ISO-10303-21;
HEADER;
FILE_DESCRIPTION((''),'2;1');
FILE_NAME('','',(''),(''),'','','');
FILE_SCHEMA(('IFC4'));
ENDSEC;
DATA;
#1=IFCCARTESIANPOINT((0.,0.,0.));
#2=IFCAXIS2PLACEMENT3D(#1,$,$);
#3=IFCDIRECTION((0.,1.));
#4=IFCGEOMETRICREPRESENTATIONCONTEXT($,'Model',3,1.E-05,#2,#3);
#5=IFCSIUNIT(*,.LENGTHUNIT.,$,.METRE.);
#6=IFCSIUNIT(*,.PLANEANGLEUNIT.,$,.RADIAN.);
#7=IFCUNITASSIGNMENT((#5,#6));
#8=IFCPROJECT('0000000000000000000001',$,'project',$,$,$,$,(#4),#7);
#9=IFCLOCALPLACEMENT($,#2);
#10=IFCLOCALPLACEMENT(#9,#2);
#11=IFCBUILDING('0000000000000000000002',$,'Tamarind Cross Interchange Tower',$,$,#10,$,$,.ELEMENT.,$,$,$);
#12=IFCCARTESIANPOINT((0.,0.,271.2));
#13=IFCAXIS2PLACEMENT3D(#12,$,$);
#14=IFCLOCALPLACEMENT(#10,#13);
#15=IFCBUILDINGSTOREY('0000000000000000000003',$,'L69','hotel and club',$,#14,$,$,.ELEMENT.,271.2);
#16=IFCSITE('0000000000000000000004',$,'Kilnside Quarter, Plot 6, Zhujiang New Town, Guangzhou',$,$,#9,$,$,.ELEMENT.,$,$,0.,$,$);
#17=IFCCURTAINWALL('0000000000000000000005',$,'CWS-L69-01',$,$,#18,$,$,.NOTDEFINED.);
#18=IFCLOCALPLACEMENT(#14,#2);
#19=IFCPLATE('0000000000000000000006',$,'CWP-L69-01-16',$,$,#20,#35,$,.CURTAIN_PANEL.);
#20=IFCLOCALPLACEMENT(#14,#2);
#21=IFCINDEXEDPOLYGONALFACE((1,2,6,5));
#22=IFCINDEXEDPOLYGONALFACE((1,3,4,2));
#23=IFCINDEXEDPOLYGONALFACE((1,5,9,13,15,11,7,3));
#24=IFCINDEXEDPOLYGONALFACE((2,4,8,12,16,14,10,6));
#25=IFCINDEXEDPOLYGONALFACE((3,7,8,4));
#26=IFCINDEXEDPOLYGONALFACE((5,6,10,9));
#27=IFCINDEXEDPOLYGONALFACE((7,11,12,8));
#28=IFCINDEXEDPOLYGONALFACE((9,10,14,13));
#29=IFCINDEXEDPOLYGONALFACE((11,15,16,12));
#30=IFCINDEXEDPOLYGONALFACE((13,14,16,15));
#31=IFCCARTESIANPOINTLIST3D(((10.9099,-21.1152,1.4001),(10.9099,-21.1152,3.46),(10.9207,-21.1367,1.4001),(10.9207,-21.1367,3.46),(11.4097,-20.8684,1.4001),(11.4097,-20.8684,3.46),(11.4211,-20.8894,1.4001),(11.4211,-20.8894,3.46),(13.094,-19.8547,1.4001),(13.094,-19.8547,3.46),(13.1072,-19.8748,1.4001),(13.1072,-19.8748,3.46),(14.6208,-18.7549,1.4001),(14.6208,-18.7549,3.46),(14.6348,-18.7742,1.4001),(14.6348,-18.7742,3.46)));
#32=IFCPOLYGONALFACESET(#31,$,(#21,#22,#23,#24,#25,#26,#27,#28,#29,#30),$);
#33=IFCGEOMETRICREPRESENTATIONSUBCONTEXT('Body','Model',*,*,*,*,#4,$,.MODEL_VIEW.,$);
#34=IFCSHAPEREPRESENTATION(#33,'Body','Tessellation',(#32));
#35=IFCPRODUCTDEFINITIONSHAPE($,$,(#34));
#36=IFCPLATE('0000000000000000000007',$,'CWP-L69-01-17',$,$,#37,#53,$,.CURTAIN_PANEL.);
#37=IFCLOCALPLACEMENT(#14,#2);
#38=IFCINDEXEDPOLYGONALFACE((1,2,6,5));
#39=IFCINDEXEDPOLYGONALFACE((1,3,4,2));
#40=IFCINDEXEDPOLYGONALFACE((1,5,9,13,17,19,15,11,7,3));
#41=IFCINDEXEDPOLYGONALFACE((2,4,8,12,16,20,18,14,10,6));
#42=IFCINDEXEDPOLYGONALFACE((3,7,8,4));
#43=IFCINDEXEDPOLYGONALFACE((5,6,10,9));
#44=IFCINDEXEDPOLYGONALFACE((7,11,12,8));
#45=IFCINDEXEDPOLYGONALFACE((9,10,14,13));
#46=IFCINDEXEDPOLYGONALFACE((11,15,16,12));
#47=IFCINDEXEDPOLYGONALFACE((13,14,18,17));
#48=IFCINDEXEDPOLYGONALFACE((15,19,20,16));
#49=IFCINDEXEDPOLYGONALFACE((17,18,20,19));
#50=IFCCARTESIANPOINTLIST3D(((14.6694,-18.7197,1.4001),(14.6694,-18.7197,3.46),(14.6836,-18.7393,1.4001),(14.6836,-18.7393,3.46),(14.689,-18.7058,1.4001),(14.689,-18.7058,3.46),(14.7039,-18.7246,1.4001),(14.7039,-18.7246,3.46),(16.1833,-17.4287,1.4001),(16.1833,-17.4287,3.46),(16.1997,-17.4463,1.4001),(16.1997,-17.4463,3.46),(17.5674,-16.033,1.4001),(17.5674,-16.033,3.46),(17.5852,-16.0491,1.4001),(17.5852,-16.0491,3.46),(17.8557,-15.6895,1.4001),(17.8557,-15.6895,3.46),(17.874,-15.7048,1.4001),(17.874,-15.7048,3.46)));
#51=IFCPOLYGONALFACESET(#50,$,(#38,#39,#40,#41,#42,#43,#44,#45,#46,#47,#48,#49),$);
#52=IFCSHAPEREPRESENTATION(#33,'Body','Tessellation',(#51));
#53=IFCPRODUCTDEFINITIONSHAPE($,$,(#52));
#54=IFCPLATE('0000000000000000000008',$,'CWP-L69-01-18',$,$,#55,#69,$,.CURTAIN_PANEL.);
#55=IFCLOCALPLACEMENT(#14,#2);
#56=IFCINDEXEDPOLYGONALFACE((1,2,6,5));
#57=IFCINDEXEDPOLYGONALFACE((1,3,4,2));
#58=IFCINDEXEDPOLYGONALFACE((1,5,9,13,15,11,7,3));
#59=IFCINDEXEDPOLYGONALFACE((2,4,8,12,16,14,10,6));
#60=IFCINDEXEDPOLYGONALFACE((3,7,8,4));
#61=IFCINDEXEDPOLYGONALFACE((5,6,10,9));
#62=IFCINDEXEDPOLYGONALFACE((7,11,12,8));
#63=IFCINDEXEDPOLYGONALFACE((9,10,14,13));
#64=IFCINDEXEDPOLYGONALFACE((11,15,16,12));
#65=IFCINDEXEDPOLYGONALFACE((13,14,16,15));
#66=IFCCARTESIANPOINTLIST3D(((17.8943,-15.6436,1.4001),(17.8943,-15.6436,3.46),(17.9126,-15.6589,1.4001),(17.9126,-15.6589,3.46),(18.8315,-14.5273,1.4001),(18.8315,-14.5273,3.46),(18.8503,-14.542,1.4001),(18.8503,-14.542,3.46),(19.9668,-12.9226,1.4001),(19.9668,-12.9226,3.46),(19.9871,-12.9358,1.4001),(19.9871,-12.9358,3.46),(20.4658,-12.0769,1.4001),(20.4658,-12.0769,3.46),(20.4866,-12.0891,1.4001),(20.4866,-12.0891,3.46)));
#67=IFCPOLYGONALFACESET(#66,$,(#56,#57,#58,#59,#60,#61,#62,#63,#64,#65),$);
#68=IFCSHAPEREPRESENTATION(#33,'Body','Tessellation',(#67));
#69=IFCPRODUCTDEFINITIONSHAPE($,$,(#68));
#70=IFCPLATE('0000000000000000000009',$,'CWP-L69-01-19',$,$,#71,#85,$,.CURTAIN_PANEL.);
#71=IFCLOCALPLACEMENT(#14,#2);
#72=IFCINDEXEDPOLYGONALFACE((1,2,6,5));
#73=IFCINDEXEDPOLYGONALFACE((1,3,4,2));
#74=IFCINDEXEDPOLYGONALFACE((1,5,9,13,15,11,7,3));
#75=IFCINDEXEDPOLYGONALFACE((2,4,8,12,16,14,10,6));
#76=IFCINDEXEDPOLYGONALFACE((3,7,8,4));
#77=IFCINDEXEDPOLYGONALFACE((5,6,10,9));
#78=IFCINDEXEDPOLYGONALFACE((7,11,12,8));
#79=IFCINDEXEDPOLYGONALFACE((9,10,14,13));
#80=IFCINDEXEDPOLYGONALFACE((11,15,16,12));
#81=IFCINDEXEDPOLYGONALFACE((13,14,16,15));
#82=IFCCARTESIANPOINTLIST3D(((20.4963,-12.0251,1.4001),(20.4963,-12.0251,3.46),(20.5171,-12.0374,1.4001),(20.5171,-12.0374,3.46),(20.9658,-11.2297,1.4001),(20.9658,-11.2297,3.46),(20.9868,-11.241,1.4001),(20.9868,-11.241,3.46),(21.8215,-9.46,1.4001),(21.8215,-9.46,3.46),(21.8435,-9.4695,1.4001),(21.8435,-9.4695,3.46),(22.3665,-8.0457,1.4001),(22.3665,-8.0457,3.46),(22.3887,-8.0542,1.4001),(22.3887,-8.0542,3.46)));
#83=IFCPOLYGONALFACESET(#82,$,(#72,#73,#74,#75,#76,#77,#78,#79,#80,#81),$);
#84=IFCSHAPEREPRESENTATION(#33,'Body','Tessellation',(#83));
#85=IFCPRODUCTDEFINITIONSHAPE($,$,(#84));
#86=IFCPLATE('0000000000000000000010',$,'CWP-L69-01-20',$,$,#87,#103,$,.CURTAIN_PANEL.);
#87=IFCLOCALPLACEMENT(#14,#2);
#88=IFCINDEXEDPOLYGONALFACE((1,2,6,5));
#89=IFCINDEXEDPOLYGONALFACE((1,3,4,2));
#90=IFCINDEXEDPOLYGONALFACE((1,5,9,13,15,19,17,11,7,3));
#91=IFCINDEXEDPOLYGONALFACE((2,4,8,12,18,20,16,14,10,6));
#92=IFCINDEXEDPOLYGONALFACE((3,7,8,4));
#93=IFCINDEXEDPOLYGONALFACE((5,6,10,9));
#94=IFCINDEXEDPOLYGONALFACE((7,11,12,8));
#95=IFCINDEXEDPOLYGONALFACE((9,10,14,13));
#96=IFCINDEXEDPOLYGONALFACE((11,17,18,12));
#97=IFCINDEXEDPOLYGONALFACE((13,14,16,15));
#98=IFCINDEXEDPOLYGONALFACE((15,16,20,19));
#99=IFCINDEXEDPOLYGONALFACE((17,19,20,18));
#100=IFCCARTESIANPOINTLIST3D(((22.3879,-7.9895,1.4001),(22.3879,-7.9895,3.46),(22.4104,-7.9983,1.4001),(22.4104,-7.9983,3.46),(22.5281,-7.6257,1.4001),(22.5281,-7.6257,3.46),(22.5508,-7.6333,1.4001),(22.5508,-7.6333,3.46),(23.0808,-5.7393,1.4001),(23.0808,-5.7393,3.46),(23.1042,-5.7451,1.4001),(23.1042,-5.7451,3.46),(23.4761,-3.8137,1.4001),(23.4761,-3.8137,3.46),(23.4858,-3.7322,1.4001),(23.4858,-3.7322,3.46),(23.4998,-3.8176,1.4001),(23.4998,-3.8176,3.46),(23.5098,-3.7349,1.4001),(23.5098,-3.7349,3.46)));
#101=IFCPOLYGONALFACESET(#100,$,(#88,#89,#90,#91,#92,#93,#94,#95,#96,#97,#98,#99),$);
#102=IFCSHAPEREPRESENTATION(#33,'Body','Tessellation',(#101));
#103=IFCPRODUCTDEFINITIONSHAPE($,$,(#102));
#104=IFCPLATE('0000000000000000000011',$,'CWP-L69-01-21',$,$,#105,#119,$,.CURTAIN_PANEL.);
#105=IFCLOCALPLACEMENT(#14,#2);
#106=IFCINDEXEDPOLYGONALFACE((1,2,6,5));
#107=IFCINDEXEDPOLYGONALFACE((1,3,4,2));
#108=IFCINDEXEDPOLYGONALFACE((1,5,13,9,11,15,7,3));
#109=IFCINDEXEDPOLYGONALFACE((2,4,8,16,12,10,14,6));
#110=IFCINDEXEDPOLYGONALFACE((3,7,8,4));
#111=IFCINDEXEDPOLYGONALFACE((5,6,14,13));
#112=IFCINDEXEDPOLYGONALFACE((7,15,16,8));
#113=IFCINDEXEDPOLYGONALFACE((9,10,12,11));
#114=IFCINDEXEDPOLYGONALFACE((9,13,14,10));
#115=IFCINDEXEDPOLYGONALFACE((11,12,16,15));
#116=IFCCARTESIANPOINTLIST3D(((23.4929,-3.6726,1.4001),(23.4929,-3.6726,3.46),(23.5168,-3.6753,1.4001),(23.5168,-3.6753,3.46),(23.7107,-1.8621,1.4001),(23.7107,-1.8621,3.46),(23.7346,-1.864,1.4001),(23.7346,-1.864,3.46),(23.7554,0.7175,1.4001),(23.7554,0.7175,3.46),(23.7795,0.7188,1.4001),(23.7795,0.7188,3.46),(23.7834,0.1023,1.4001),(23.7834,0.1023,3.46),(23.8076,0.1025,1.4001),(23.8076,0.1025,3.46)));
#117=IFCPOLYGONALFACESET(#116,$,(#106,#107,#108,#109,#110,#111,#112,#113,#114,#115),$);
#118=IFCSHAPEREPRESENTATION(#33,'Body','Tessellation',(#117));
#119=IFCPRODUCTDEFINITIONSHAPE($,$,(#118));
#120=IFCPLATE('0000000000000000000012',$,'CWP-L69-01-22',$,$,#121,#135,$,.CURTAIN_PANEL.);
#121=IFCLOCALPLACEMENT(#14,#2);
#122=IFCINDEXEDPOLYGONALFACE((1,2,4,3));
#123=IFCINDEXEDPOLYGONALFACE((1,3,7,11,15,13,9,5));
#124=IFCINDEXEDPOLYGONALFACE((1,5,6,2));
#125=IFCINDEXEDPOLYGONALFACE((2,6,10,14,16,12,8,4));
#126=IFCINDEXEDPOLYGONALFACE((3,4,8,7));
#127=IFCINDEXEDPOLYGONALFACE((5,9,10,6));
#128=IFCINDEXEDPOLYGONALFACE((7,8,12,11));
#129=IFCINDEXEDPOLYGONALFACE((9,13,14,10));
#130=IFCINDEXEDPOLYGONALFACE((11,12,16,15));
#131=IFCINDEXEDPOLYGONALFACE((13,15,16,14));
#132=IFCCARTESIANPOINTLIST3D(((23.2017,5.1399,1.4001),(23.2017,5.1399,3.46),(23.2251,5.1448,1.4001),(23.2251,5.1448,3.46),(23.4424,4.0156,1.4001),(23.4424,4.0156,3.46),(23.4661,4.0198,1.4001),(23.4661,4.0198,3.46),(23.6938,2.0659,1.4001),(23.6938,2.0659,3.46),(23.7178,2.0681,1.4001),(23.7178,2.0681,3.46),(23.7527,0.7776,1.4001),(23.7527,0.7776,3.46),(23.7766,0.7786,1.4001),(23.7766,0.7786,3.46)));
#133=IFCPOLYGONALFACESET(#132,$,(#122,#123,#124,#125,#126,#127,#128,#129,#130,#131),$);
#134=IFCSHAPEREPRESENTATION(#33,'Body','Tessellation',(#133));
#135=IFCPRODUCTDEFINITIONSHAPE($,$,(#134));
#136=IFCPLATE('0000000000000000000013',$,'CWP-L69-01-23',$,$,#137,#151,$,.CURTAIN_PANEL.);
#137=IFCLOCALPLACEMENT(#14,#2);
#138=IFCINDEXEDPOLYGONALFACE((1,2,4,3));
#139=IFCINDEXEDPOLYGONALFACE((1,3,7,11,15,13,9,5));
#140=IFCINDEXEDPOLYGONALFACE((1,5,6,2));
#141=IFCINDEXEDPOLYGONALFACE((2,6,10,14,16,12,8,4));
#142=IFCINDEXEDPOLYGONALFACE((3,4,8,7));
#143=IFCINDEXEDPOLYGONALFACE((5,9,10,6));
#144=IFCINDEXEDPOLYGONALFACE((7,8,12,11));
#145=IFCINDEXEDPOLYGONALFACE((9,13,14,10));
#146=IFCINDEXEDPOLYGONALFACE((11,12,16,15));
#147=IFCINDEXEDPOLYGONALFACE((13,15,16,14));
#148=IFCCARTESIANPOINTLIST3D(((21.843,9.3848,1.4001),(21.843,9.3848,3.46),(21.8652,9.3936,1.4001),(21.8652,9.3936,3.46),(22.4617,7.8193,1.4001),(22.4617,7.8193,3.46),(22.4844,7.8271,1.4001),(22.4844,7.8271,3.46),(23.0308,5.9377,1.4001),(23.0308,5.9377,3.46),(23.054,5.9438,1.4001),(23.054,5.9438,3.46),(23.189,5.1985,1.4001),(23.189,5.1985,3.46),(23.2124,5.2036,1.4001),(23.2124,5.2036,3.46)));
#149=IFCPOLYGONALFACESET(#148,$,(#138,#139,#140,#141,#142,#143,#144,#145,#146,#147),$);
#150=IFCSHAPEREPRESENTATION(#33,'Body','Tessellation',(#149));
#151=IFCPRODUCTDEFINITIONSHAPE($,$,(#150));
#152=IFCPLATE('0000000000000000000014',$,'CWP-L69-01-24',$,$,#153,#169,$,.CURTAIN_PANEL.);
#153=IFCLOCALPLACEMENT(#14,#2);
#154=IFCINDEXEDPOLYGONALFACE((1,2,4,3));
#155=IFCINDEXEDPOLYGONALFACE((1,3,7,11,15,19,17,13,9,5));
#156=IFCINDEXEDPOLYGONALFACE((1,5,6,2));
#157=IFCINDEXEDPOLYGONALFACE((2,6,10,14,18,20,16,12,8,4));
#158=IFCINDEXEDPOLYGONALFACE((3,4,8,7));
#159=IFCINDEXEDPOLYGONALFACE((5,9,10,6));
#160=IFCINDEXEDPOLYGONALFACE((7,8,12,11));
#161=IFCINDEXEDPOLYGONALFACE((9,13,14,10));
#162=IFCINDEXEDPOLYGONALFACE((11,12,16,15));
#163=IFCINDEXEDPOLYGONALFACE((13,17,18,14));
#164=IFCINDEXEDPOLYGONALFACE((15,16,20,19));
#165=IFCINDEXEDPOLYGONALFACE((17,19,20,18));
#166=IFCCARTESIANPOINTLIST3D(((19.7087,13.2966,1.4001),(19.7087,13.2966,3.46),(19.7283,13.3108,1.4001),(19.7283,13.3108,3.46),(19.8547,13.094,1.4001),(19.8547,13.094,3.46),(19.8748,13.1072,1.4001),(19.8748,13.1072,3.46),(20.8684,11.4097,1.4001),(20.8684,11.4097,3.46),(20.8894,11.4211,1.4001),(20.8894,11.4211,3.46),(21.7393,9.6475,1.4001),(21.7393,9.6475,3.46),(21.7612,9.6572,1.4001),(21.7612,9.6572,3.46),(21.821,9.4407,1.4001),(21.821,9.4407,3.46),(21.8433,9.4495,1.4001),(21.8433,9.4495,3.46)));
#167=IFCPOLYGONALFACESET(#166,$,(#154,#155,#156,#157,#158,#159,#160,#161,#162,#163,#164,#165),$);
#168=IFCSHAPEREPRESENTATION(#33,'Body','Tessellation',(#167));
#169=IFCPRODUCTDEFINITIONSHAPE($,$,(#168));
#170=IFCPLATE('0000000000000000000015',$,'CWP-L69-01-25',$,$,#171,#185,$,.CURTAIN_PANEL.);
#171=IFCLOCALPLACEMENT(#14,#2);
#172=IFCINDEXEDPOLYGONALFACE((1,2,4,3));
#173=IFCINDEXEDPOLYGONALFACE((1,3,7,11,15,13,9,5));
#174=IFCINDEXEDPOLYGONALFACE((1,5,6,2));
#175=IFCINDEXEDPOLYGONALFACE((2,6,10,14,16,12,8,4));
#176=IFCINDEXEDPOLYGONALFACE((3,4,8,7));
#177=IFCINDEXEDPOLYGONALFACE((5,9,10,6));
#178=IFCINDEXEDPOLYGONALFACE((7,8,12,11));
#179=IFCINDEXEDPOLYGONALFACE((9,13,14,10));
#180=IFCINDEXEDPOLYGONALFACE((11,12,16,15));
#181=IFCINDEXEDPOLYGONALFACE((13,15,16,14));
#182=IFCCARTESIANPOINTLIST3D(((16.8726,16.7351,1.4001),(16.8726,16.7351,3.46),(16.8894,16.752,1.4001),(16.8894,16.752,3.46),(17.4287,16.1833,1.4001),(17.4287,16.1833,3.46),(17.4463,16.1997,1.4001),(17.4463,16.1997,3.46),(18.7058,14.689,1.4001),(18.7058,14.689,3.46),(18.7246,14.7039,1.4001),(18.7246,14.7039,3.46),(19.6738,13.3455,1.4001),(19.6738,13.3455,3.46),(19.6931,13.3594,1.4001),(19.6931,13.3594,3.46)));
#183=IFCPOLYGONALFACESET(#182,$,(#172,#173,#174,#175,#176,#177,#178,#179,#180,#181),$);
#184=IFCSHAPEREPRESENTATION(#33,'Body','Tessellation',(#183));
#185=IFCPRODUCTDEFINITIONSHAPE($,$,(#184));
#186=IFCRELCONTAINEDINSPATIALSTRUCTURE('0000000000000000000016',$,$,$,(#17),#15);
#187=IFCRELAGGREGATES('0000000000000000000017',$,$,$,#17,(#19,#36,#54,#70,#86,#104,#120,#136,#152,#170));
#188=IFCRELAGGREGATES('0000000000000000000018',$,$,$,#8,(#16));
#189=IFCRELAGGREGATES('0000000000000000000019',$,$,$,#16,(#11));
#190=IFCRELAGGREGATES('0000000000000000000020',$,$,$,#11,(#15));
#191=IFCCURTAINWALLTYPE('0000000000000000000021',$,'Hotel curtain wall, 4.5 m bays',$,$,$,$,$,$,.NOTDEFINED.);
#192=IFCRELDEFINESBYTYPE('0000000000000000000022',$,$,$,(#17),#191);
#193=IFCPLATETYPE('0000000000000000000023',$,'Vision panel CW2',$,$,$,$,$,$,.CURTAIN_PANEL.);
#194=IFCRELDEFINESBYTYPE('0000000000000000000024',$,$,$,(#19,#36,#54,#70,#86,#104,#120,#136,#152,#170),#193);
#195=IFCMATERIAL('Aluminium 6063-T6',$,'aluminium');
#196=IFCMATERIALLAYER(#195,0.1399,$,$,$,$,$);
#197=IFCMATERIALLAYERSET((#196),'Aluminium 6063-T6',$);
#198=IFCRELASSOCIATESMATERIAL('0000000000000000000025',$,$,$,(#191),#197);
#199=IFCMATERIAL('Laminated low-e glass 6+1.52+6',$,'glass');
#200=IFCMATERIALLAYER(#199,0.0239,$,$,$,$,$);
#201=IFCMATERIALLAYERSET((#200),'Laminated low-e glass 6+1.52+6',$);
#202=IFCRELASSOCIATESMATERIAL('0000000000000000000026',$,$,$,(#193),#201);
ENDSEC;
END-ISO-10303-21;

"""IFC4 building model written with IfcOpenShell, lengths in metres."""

from ifc_helpers import new_model, si_unit, direction, frame, origin, place, context, subcontext, project, spatial, polyline, outline, extrude, material, layer, layer_set, type_object, element, aggregate, save


model = new_model("IFC4")

# Units and contexts
model_context = context("Model", 3, precision=1e-05, world=origin(), true_north=direction((0.0, 1.0)))
body_context = subcontext(model_context, "Body", "Model", "MODEL_VIEW")
ifc_project = project(units=[si_unit("LENGTHUNIT", "METRE"), si_unit("PLANEANGLEUNIT", "RADIAN")], contexts=[model_context])

# Site, building, storey
site_placement = place(None, origin())
site = spatial("IfcSite", under=ifc_project, at=site_placement, Name="Kilnside Quarter, Plot 6, Zhujiang New Town, Guangzhou", CompositionType="ELEMENT", RefElevation=0.0)
building_placement = place(site_placement, origin())
building = spatial("IfcBuilding", under=site, at=building_placement, Name="Tamarind Cross Interchange Tower", CompositionType="ELEMENT")
storey_placement = place(building_placement, frame((0.0, 0.0, 271.2)))
storey = spatial("IfcBuildingStorey", under=building, at=storey_placement, Name="L69", Description="hotel and club", CompositionType="ELEMENT", Elevation=271.2)

# Curtain wall, plates
ifc_material_1 = material(Name="Aluminium 6063-T6", Category="aluminium")
ifc_layer_1 = layer(ifc_material_1, 0.1399)
ifc_layer_set_1 = layer_set([ifc_layer_1], Name="Aluminium 6063-T6")
curtain_wall_type = type_object("IfcCurtainWallType", Name="Hotel curtain wall, 4.5 m bays", PredefinedType="NOTDEFINED", material=ifc_layer_set_1)
curtain_wall_placement = place(storey_placement, origin())
curtain_wall = element("IfcCurtainWall", 1, at=curtain_wall_placement, inside=storey, type_object=curtain_wall_type, Name="CWS-L69-01", PredefinedType="NOTDEFINED")
ifc_material_2 = material(Name="Laminated low-e glass 6+1.52+6", Category="glass")
ifc_layer_2 = layer(ifc_material_2, 0.0239)
ifc_layer_set_2 = layer_set([ifc_layer_2], Name="Laminated low-e glass 6+1.52+6")
plate_type = type_object("IfcPlateType", Name="Vision panel CW2", PredefinedType="CURTAIN_PANEL", material=ifc_layer_set_2)
plate_1_placement = place(storey_placement, frame((0.0, 0.0, 1.4001)))
plate_1 = element("IfcPlate", 2, at=plate_1_placement, type_object=plate_type, Name="CWP-L69-01-16", PredefinedType="CURTAIN_PANEL", context=body_context, shape_type="SweptSolid", body=[
    extrude(outline(polyline([(10.9099, -21.1152), (11.4097, -20.8684), (13.094, -19.8547), (14.6208, -18.7549), (14.6348, -18.7742), (13.1072, -19.8748), (11.4211, -20.8894), (10.9207, -21.1367), (10.9099, -21.1152)])), origin(), (0.0, 0.0, 1.0), 2.0598),
])
plate_2_placement = place(storey_placement, frame((0.0, 0.0, 1.4001)))
plate_2 = element("IfcPlate", 3, at=plate_2_placement, type_object=plate_type, Name="CWP-L69-01-17", PredefinedType="CURTAIN_PANEL", context=body_context, shape_type="SweptSolid", body=[
    extrude(outline(polyline([(14.6694, -18.7197), (14.689, -18.7058), (16.1833, -17.4287), (17.5674, -16.033), (17.8557, -15.6895), (17.874, -15.7048), (17.5852, -16.0491), (16.1997, -17.4463), (14.7039, -18.7246), (14.6836, -18.7393), (14.6694, -18.7197)])), origin(), (0.0, 0.0, 1.0), 2.0598),
])
plate_3_placement = place(storey_placement, frame((0.0, 0.0, 1.4001)))
plate_3 = element("IfcPlate", 4, at=plate_3_placement, type_object=plate_type, Name="CWP-L69-01-18", PredefinedType="CURTAIN_PANEL", context=body_context, shape_type="SweptSolid", body=[
    extrude(outline(polyline([(17.8943, -15.6436), (18.8315, -14.5273), (19.9668, -12.9226), (20.4658, -12.0769), (20.4866, -12.0891), (19.9871, -12.9358), (18.8503, -14.542), (17.9126, -15.6589), (17.8943, -15.6436)])), origin(), (0.0, 0.0, 1.0), 2.0598),
])
plate_4_placement = place(storey_placement, frame((0.0, 0.0, 1.4001)))
plate_4 = element("IfcPlate", 5, at=plate_4_placement, type_object=plate_type, Name="CWP-L69-01-19", PredefinedType="CURTAIN_PANEL", context=body_context, shape_type="SweptSolid", body=[
    extrude(outline(polyline([(20.4963, -12.0251), (20.9658, -11.2297), (21.8215, -9.46), (22.3665, -8.0457), (22.3887, -8.0542), (21.8435, -9.4695), (20.9868, -11.241), (20.5171, -12.0374), (20.4963, -12.0251)])), origin(), (0.0, 0.0, 1.0), 2.0598),
])
plate_5_placement = place(storey_placement, frame((0.0, 0.0, 1.4001)))
plate_5 = element("IfcPlate", 6, at=plate_5_placement, type_object=plate_type, Name="CWP-L69-01-20", PredefinedType="CURTAIN_PANEL", context=body_context, shape_type="SweptSolid", body=[
    extrude(outline(polyline([(22.3879, -7.9895), (22.5281, -7.6257), (23.0808, -5.7393), (23.4761, -3.8137), (23.4858, -3.7322), (23.5098, -3.7349), (23.4998, -3.8176), (23.1042, -5.7451), (22.5508, -7.6333), (22.4104, -7.9983), (22.3879, -7.9895)])), origin(), (0.0, 0.0, 1.0), 2.0598),
])
plate_6_placement = place(storey_placement, frame((0.0, 0.0, 1.4001)))
plate_6 = element("IfcPlate", 7, at=plate_6_placement, type_object=plate_type, Name="CWP-L69-01-21", PredefinedType="CURTAIN_PANEL", context=body_context, shape_type="SweptSolid", body=[
    extrude(outline(polyline([(23.4929, -3.6726), (23.7107, -1.8621), (23.7834, 0.1023), (23.7554, 0.7175), (23.7795, 0.7188), (23.8076, 0.1025), (23.7346, -1.864), (23.5168, -3.6753), (23.4929, -3.6726)])), origin(), (0.0, 0.0, 1.0), 2.0598),
])
plate_7_placement = place(storey_placement, frame((0.0, 0.0, 1.4001)))
plate_7 = element("IfcPlate", 8, at=plate_7_placement, type_object=plate_type, Name="CWP-L69-01-22", PredefinedType="CURTAIN_PANEL", context=body_context, shape_type="SweptSolid", body=[
    extrude(outline(polyline([(23.7527, 0.7776), (23.6938, 2.0659), (23.4424, 4.0156), (23.2017, 5.1399), (23.2251, 5.1448), (23.4661, 4.0198), (23.7178, 2.0681), (23.7766, 0.7786), (23.7527, 0.7776)])), origin(), (0.0, 0.0, 1.0), 2.0598),
])
plate_8_placement = place(storey_placement, frame((0.0, 0.0, 1.4001)))
plate_8 = element("IfcPlate", 9, at=plate_8_placement, type_object=plate_type, Name="CWP-L69-01-23", PredefinedType="CURTAIN_PANEL", context=body_context, shape_type="SweptSolid", body=[
    extrude(outline(polyline([(23.189, 5.1985), (23.0308, 5.9377), (22.4617, 7.8193), (21.843, 9.3848), (21.8652, 9.3936), (22.4844, 7.8271), (23.054, 5.9438), (23.2124, 5.2036), (23.189, 5.1985)])), origin(), (0.0, 0.0, 1.0), 2.0598),
])
plate_9_placement = place(storey_placement, frame((0.0, 0.0, 1.4001)))
plate_9 = element("IfcPlate", 10, at=plate_9_placement, type_object=plate_type, Name="CWP-L69-01-24", PredefinedType="CURTAIN_PANEL", context=body_context, shape_type="SweptSolid", body=[
    extrude(outline(polyline([(21.821, 9.4407), (21.7393, 9.6475), (20.8684, 11.4097), (19.8547, 13.094), (19.7087, 13.2966), (19.7283, 13.3108), (19.8748, 13.1072), (20.8894, 11.4211), (21.7612, 9.6572), (21.8433, 9.4495), (21.821, 9.4407)])), origin(), (0.0, 0.0, 1.0), 2.0598),
])
plate_10_placement = place(storey_placement, frame((0.0, 0.0, 1.4001)))
plate_10 = element("IfcPlate", 11, at=plate_10_placement, type_object=plate_type, Name="CWP-L69-01-25", PredefinedType="CURTAIN_PANEL", context=body_context, shape_type="SweptSolid", body=[
    extrude(outline(polyline([(19.6738, 13.3455), (18.7058, 14.689), (17.4287, 16.1833), (16.8726, 16.7351), (16.8894, 16.752), (17.4463, 16.1997), (18.7246, 14.7039), (19.6931, 13.3594), (19.6738, 13.3455)])), origin(), (0.0, 0.0, 1.0), 2.0598),
])
aggregate(curtain_wall, [plate_1, plate_2, plate_3, plate_4, plate_5, plate_6, plate_7, plate_8, plate_9, plate_10])

save(model, "model.ifc")
